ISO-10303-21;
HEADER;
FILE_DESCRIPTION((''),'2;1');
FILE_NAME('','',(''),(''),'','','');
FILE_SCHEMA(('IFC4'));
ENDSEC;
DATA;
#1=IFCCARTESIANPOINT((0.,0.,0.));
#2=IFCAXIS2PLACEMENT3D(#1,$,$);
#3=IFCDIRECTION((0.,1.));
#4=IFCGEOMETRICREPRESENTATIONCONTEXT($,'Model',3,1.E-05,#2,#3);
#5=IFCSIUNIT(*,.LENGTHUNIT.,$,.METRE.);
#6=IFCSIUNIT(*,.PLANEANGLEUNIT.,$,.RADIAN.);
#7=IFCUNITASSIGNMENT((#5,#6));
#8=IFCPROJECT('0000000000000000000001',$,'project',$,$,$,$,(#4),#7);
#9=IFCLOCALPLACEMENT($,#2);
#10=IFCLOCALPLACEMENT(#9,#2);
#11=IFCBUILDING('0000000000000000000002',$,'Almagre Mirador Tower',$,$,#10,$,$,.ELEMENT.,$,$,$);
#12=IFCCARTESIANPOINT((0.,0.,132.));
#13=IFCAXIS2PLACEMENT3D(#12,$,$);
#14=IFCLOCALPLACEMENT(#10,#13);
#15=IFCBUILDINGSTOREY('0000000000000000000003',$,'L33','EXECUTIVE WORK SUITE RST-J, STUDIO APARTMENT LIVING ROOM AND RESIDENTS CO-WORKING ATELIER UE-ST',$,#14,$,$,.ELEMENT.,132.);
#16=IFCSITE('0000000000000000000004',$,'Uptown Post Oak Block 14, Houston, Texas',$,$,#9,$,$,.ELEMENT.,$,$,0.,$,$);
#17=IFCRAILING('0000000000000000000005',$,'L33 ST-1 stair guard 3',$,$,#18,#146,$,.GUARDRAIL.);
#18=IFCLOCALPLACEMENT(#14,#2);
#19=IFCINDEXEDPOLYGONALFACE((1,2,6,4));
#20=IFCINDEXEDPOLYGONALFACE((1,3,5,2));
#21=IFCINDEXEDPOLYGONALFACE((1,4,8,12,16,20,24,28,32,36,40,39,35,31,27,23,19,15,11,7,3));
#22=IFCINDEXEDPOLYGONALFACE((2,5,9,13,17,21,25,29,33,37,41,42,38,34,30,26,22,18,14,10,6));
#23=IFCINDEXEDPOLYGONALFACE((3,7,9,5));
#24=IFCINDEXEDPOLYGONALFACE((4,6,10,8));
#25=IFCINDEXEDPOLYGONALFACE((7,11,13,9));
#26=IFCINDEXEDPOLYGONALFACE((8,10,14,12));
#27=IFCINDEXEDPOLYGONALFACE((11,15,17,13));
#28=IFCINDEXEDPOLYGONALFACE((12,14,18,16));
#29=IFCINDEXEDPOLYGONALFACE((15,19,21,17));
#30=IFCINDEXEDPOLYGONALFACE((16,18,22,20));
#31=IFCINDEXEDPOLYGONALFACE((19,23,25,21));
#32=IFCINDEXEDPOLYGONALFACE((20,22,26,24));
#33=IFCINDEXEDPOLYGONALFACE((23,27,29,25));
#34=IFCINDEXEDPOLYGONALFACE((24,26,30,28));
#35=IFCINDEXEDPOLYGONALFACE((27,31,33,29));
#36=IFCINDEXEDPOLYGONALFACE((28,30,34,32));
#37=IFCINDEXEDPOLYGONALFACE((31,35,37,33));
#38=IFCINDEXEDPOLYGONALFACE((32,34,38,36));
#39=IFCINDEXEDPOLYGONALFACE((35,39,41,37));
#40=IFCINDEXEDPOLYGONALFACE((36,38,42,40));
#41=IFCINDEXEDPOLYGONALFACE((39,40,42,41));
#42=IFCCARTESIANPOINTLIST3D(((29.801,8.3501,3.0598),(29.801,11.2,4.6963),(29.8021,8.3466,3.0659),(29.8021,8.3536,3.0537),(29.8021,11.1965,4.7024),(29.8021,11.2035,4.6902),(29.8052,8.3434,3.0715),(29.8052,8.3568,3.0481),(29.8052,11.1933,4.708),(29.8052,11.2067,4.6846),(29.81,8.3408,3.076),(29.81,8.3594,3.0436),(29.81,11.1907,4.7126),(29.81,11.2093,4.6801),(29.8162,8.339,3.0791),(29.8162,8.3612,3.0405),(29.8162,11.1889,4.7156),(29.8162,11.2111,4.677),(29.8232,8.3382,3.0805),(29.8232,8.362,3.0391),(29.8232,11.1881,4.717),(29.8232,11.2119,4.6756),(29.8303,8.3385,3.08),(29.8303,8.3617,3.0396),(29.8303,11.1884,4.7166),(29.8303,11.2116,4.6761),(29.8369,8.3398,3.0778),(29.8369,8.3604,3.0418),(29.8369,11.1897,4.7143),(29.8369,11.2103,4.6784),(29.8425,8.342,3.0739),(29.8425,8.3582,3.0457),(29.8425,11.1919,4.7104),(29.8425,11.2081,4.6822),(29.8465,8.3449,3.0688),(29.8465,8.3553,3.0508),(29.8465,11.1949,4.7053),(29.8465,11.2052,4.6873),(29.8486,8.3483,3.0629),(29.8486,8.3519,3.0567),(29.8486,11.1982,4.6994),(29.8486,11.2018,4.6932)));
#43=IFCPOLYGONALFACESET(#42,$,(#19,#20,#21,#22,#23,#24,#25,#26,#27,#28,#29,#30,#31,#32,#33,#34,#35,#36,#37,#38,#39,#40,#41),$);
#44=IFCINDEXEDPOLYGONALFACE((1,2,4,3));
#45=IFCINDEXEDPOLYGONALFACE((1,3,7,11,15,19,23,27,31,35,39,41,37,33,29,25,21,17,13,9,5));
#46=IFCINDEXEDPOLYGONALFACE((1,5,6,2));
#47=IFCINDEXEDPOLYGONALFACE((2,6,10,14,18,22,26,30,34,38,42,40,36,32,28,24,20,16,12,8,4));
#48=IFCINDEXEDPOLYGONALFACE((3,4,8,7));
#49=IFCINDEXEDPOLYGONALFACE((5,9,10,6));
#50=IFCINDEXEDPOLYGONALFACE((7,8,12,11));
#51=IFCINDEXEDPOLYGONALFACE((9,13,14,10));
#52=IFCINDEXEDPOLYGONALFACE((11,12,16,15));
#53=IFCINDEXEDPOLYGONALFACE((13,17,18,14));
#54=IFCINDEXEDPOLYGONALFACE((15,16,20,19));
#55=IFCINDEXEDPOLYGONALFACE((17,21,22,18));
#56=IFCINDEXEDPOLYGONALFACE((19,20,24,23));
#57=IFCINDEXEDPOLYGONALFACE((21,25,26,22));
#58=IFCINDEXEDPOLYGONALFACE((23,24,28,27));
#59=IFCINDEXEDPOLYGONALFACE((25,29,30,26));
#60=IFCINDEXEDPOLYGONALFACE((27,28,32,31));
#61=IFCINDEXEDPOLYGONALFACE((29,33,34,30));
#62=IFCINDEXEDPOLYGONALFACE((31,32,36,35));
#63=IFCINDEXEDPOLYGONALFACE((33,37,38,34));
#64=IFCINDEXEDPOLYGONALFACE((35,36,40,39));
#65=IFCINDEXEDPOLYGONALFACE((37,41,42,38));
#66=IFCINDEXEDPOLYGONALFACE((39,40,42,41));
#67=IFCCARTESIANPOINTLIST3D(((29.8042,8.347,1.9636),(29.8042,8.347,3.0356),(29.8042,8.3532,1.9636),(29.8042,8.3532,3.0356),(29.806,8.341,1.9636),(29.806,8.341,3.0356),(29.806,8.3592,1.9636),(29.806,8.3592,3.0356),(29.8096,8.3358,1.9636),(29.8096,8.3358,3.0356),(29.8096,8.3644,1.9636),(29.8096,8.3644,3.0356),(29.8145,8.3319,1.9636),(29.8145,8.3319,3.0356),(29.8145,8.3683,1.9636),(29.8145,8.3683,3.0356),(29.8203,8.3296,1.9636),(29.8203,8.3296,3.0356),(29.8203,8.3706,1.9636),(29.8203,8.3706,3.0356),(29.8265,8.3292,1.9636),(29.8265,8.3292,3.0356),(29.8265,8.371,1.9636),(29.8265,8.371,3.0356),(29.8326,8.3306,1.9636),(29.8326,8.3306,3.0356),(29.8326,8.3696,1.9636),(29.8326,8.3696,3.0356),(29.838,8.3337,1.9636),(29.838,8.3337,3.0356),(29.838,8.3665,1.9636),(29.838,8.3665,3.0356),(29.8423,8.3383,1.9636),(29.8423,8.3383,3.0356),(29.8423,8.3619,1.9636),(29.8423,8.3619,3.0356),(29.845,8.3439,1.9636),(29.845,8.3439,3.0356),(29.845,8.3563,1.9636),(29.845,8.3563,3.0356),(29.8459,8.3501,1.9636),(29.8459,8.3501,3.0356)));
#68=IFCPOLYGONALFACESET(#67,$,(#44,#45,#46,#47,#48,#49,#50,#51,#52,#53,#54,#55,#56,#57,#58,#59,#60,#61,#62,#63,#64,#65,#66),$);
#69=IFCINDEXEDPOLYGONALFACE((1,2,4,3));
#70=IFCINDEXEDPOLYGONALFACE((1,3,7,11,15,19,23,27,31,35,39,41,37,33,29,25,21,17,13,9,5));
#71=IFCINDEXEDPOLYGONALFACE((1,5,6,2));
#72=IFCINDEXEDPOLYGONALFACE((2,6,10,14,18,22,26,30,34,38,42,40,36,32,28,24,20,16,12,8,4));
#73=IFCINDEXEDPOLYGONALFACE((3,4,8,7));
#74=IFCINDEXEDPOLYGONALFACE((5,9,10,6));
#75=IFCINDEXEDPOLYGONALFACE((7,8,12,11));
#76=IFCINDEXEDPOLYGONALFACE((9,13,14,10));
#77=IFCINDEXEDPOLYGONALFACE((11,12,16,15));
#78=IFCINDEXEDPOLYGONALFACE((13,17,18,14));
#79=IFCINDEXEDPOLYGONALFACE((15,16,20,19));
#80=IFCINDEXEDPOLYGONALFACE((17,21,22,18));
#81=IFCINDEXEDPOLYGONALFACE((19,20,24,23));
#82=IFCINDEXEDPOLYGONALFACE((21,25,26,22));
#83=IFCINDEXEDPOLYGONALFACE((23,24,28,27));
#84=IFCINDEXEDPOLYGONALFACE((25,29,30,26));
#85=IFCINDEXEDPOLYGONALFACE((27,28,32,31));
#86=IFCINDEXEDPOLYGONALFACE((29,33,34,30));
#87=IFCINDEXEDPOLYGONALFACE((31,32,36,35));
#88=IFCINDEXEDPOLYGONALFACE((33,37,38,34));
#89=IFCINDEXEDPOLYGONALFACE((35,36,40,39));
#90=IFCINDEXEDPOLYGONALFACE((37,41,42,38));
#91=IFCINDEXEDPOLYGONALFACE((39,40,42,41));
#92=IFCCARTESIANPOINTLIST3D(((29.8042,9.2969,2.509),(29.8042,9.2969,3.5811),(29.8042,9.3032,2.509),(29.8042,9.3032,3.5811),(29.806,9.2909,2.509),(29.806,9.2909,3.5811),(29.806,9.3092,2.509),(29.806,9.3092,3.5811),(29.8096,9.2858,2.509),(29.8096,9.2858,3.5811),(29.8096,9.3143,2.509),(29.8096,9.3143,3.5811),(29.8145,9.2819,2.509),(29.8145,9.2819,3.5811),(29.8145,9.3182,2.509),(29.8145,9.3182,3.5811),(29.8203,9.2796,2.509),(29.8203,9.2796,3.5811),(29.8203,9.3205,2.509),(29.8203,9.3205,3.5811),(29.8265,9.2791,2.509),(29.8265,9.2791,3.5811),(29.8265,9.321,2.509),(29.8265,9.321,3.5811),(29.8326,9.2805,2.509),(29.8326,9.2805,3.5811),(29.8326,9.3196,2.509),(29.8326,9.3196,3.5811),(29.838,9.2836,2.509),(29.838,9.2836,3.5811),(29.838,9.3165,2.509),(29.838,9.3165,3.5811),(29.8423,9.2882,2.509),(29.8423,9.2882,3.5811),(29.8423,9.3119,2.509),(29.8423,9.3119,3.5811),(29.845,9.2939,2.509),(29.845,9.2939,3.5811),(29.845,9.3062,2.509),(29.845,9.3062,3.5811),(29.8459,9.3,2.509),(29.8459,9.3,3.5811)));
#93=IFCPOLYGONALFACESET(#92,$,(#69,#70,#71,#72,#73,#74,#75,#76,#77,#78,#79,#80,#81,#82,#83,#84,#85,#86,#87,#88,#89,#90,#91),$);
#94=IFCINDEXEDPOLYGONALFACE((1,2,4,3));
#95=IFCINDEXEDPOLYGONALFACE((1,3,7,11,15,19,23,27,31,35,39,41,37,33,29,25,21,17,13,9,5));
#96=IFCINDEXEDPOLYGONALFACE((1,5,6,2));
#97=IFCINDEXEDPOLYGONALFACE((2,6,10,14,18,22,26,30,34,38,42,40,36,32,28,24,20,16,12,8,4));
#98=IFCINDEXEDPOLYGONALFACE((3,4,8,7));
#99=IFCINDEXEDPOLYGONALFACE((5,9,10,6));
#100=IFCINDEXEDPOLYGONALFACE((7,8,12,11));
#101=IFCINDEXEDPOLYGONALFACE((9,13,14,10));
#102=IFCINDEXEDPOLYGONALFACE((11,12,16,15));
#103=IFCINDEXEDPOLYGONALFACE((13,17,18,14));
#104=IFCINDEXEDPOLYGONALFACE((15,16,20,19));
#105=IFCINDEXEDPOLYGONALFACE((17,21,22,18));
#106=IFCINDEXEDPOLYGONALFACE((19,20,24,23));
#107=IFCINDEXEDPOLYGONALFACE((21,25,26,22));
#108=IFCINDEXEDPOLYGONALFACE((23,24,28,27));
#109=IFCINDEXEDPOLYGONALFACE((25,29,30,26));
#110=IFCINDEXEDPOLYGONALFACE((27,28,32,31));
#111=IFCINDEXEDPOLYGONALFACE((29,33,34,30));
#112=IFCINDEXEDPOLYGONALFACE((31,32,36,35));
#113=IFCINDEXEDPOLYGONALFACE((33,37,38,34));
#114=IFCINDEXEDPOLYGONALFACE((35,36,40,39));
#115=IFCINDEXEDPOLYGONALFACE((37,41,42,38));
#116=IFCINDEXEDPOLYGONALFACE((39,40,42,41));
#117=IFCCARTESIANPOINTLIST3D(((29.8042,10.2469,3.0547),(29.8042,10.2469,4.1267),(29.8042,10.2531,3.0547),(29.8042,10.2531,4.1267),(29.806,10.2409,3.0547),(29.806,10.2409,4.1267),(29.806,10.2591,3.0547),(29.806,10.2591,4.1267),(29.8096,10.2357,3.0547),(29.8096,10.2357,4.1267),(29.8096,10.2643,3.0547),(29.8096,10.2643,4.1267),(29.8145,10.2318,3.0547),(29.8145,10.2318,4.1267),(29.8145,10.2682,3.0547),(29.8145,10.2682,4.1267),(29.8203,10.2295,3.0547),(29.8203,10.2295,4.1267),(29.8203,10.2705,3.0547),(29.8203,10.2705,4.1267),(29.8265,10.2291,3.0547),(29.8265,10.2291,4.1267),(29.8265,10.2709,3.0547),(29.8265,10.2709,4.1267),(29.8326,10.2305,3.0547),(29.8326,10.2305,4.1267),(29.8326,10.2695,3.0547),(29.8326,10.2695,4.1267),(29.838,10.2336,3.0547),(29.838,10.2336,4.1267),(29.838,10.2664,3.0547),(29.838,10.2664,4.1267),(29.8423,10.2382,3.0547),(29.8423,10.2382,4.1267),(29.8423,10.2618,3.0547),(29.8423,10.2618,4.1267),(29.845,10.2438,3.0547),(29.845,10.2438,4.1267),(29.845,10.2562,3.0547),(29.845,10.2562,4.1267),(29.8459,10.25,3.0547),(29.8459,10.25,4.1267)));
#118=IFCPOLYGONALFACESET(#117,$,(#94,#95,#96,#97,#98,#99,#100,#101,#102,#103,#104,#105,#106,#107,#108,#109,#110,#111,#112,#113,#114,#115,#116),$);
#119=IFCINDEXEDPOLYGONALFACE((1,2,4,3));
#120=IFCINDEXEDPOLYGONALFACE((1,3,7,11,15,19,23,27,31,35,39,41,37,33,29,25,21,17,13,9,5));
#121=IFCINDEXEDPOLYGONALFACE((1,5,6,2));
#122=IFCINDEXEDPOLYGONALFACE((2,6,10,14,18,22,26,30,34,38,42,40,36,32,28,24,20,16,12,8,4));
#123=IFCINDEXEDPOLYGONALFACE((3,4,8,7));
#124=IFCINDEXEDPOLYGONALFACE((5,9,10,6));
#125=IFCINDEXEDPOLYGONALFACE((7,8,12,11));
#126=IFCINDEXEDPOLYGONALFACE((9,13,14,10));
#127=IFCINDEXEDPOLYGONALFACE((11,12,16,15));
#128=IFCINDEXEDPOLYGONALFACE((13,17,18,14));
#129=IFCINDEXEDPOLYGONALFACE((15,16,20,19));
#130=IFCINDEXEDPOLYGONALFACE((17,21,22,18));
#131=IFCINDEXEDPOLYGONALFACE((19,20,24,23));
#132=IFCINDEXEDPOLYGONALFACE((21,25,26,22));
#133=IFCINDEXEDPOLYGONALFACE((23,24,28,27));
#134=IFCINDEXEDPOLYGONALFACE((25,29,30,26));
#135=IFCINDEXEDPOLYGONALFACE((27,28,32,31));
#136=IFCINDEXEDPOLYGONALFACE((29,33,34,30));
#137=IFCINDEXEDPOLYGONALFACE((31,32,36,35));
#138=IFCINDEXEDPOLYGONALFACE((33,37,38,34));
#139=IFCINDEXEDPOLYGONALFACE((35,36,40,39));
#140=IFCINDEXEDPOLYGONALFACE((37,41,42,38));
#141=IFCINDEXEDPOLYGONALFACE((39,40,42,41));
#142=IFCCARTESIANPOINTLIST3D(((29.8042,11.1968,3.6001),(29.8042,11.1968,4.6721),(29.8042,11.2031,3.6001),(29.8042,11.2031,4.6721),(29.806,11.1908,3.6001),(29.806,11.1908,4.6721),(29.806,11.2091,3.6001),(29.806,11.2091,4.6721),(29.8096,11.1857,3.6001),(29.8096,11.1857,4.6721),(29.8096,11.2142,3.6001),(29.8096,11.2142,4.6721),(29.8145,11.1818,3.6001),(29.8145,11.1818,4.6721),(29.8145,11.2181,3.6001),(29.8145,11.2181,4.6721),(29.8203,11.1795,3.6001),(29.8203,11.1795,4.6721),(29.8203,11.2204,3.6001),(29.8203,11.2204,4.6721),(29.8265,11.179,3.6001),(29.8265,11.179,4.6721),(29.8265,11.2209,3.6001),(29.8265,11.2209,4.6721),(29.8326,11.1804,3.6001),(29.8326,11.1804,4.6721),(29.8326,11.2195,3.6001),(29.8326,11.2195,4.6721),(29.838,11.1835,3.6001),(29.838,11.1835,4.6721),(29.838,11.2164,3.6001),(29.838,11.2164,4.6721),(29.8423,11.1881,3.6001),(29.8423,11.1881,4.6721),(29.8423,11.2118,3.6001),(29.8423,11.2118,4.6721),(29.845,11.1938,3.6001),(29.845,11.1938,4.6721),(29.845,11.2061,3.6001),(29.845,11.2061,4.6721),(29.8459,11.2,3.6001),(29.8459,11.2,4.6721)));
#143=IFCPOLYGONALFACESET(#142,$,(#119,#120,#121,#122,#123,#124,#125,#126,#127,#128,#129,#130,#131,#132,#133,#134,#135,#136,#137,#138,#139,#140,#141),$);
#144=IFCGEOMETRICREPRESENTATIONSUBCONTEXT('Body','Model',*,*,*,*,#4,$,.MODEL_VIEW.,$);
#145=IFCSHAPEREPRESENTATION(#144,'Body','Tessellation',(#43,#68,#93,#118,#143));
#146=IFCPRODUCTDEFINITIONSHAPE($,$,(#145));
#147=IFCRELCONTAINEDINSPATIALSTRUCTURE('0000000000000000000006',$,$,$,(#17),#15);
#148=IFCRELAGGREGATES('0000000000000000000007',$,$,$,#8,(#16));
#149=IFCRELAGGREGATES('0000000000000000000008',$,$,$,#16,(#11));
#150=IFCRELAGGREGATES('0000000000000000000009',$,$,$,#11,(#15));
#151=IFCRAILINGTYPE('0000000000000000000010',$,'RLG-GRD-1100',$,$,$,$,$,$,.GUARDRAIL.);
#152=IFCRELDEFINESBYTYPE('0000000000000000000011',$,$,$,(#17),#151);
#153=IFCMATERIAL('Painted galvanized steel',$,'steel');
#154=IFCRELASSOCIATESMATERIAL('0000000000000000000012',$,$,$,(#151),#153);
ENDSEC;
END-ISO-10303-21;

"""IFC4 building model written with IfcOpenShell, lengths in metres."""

from ifc_helpers import new_model, si_unit, direction, frame, origin, origin_2d, place, context, subcontext, project, spatial, circle, extrude, material, type_object, element, save


model = new_model("IFC4")

# Units and contexts
model_context = context("Model", 3, precision=1e-05, world=origin(), true_north=direction((0.0, 1.0)))
body_context = subcontext(model_context, "Body", "Model", "MODEL_VIEW")
ifc_project = project(units=[si_unit("LENGTHUNIT", "METRE"), si_unit("PLANEANGLEUNIT", "RADIAN")], contexts=[model_context])

# Site, building, storey
site_placement = place(None, origin())
site = spatial("IfcSite", under=ifc_project, at=site_placement, Name="Uptown Post Oak Block 14, Houston, Texas", CompositionType="ELEMENT", RefElevation=0.0)
building_placement = place(site_placement, origin())
building = spatial("IfcBuilding", under=site, at=building_placement, Name="Almagre Mirador Tower", CompositionType="ELEMENT")
storey_placement = place(building_placement, frame((0.0, 0.0, 132.0)))
storey = spatial("IfcBuildingStorey", under=building, at=storey_placement, Name="L33", Description="EXECUTIVE WORK SUITE RST-J, STUDIO APARTMENT LIVING ROOM AND RESIDENTS CO-WORKING ATELIER UE-ST", CompositionType="ELEMENT", Elevation=132.0)

# Railing
ifc_material_1 = material(Name="Painted galvanized steel", Category="steel")
railing_type_1 = type_object("IfcRailingType", Name="RLG-GRD-1100", PredefinedType="GUARDRAIL", material=ifc_material_1)
railing_1_placement = place(storey_placement, frame((29.825, 8.3501, 1.9636)))
element("IfcRailing", 1, at=railing_1_placement, inside=storey, type_object=railing_type_1, Name="L33 ST-1 stair guard 3", PredefinedType="GUARDRAIL", context=body_context, shape_type="SweptSolid", body=[
    extrude(circle(Radius=0.0239, at=origin_2d()), frame((0.0, 0.0, 1.0962), z_axis=(0.0, 0.867194, 0.49797), x_axis=(-1.0, 0.0, 0.0)), (0.0, 0.0, 1.0), 3.2864),
    extrude(circle(Radius=0.021, at=origin_2d()), origin(), (0.0, 0.0, 1.0), 1.072),
    extrude(circle(Radius=0.021, at=origin_2d()), frame((0.0, 0.95, 0.5454)), (0.0, 0.0, 1.0), 1.072),
    extrude(circle(Radius=0.021, at=origin_2d()), frame((0.0, 1.8999, 1.0911)), (0.0, 0.0, 1.0), 1.072),
    extrude(circle(Radius=0.021, at=origin_2d()), frame((0.0, 2.8499, 1.6365)), (0.0, 0.0, 1.0), 1.072),
])

save(model, "model.ifc")
